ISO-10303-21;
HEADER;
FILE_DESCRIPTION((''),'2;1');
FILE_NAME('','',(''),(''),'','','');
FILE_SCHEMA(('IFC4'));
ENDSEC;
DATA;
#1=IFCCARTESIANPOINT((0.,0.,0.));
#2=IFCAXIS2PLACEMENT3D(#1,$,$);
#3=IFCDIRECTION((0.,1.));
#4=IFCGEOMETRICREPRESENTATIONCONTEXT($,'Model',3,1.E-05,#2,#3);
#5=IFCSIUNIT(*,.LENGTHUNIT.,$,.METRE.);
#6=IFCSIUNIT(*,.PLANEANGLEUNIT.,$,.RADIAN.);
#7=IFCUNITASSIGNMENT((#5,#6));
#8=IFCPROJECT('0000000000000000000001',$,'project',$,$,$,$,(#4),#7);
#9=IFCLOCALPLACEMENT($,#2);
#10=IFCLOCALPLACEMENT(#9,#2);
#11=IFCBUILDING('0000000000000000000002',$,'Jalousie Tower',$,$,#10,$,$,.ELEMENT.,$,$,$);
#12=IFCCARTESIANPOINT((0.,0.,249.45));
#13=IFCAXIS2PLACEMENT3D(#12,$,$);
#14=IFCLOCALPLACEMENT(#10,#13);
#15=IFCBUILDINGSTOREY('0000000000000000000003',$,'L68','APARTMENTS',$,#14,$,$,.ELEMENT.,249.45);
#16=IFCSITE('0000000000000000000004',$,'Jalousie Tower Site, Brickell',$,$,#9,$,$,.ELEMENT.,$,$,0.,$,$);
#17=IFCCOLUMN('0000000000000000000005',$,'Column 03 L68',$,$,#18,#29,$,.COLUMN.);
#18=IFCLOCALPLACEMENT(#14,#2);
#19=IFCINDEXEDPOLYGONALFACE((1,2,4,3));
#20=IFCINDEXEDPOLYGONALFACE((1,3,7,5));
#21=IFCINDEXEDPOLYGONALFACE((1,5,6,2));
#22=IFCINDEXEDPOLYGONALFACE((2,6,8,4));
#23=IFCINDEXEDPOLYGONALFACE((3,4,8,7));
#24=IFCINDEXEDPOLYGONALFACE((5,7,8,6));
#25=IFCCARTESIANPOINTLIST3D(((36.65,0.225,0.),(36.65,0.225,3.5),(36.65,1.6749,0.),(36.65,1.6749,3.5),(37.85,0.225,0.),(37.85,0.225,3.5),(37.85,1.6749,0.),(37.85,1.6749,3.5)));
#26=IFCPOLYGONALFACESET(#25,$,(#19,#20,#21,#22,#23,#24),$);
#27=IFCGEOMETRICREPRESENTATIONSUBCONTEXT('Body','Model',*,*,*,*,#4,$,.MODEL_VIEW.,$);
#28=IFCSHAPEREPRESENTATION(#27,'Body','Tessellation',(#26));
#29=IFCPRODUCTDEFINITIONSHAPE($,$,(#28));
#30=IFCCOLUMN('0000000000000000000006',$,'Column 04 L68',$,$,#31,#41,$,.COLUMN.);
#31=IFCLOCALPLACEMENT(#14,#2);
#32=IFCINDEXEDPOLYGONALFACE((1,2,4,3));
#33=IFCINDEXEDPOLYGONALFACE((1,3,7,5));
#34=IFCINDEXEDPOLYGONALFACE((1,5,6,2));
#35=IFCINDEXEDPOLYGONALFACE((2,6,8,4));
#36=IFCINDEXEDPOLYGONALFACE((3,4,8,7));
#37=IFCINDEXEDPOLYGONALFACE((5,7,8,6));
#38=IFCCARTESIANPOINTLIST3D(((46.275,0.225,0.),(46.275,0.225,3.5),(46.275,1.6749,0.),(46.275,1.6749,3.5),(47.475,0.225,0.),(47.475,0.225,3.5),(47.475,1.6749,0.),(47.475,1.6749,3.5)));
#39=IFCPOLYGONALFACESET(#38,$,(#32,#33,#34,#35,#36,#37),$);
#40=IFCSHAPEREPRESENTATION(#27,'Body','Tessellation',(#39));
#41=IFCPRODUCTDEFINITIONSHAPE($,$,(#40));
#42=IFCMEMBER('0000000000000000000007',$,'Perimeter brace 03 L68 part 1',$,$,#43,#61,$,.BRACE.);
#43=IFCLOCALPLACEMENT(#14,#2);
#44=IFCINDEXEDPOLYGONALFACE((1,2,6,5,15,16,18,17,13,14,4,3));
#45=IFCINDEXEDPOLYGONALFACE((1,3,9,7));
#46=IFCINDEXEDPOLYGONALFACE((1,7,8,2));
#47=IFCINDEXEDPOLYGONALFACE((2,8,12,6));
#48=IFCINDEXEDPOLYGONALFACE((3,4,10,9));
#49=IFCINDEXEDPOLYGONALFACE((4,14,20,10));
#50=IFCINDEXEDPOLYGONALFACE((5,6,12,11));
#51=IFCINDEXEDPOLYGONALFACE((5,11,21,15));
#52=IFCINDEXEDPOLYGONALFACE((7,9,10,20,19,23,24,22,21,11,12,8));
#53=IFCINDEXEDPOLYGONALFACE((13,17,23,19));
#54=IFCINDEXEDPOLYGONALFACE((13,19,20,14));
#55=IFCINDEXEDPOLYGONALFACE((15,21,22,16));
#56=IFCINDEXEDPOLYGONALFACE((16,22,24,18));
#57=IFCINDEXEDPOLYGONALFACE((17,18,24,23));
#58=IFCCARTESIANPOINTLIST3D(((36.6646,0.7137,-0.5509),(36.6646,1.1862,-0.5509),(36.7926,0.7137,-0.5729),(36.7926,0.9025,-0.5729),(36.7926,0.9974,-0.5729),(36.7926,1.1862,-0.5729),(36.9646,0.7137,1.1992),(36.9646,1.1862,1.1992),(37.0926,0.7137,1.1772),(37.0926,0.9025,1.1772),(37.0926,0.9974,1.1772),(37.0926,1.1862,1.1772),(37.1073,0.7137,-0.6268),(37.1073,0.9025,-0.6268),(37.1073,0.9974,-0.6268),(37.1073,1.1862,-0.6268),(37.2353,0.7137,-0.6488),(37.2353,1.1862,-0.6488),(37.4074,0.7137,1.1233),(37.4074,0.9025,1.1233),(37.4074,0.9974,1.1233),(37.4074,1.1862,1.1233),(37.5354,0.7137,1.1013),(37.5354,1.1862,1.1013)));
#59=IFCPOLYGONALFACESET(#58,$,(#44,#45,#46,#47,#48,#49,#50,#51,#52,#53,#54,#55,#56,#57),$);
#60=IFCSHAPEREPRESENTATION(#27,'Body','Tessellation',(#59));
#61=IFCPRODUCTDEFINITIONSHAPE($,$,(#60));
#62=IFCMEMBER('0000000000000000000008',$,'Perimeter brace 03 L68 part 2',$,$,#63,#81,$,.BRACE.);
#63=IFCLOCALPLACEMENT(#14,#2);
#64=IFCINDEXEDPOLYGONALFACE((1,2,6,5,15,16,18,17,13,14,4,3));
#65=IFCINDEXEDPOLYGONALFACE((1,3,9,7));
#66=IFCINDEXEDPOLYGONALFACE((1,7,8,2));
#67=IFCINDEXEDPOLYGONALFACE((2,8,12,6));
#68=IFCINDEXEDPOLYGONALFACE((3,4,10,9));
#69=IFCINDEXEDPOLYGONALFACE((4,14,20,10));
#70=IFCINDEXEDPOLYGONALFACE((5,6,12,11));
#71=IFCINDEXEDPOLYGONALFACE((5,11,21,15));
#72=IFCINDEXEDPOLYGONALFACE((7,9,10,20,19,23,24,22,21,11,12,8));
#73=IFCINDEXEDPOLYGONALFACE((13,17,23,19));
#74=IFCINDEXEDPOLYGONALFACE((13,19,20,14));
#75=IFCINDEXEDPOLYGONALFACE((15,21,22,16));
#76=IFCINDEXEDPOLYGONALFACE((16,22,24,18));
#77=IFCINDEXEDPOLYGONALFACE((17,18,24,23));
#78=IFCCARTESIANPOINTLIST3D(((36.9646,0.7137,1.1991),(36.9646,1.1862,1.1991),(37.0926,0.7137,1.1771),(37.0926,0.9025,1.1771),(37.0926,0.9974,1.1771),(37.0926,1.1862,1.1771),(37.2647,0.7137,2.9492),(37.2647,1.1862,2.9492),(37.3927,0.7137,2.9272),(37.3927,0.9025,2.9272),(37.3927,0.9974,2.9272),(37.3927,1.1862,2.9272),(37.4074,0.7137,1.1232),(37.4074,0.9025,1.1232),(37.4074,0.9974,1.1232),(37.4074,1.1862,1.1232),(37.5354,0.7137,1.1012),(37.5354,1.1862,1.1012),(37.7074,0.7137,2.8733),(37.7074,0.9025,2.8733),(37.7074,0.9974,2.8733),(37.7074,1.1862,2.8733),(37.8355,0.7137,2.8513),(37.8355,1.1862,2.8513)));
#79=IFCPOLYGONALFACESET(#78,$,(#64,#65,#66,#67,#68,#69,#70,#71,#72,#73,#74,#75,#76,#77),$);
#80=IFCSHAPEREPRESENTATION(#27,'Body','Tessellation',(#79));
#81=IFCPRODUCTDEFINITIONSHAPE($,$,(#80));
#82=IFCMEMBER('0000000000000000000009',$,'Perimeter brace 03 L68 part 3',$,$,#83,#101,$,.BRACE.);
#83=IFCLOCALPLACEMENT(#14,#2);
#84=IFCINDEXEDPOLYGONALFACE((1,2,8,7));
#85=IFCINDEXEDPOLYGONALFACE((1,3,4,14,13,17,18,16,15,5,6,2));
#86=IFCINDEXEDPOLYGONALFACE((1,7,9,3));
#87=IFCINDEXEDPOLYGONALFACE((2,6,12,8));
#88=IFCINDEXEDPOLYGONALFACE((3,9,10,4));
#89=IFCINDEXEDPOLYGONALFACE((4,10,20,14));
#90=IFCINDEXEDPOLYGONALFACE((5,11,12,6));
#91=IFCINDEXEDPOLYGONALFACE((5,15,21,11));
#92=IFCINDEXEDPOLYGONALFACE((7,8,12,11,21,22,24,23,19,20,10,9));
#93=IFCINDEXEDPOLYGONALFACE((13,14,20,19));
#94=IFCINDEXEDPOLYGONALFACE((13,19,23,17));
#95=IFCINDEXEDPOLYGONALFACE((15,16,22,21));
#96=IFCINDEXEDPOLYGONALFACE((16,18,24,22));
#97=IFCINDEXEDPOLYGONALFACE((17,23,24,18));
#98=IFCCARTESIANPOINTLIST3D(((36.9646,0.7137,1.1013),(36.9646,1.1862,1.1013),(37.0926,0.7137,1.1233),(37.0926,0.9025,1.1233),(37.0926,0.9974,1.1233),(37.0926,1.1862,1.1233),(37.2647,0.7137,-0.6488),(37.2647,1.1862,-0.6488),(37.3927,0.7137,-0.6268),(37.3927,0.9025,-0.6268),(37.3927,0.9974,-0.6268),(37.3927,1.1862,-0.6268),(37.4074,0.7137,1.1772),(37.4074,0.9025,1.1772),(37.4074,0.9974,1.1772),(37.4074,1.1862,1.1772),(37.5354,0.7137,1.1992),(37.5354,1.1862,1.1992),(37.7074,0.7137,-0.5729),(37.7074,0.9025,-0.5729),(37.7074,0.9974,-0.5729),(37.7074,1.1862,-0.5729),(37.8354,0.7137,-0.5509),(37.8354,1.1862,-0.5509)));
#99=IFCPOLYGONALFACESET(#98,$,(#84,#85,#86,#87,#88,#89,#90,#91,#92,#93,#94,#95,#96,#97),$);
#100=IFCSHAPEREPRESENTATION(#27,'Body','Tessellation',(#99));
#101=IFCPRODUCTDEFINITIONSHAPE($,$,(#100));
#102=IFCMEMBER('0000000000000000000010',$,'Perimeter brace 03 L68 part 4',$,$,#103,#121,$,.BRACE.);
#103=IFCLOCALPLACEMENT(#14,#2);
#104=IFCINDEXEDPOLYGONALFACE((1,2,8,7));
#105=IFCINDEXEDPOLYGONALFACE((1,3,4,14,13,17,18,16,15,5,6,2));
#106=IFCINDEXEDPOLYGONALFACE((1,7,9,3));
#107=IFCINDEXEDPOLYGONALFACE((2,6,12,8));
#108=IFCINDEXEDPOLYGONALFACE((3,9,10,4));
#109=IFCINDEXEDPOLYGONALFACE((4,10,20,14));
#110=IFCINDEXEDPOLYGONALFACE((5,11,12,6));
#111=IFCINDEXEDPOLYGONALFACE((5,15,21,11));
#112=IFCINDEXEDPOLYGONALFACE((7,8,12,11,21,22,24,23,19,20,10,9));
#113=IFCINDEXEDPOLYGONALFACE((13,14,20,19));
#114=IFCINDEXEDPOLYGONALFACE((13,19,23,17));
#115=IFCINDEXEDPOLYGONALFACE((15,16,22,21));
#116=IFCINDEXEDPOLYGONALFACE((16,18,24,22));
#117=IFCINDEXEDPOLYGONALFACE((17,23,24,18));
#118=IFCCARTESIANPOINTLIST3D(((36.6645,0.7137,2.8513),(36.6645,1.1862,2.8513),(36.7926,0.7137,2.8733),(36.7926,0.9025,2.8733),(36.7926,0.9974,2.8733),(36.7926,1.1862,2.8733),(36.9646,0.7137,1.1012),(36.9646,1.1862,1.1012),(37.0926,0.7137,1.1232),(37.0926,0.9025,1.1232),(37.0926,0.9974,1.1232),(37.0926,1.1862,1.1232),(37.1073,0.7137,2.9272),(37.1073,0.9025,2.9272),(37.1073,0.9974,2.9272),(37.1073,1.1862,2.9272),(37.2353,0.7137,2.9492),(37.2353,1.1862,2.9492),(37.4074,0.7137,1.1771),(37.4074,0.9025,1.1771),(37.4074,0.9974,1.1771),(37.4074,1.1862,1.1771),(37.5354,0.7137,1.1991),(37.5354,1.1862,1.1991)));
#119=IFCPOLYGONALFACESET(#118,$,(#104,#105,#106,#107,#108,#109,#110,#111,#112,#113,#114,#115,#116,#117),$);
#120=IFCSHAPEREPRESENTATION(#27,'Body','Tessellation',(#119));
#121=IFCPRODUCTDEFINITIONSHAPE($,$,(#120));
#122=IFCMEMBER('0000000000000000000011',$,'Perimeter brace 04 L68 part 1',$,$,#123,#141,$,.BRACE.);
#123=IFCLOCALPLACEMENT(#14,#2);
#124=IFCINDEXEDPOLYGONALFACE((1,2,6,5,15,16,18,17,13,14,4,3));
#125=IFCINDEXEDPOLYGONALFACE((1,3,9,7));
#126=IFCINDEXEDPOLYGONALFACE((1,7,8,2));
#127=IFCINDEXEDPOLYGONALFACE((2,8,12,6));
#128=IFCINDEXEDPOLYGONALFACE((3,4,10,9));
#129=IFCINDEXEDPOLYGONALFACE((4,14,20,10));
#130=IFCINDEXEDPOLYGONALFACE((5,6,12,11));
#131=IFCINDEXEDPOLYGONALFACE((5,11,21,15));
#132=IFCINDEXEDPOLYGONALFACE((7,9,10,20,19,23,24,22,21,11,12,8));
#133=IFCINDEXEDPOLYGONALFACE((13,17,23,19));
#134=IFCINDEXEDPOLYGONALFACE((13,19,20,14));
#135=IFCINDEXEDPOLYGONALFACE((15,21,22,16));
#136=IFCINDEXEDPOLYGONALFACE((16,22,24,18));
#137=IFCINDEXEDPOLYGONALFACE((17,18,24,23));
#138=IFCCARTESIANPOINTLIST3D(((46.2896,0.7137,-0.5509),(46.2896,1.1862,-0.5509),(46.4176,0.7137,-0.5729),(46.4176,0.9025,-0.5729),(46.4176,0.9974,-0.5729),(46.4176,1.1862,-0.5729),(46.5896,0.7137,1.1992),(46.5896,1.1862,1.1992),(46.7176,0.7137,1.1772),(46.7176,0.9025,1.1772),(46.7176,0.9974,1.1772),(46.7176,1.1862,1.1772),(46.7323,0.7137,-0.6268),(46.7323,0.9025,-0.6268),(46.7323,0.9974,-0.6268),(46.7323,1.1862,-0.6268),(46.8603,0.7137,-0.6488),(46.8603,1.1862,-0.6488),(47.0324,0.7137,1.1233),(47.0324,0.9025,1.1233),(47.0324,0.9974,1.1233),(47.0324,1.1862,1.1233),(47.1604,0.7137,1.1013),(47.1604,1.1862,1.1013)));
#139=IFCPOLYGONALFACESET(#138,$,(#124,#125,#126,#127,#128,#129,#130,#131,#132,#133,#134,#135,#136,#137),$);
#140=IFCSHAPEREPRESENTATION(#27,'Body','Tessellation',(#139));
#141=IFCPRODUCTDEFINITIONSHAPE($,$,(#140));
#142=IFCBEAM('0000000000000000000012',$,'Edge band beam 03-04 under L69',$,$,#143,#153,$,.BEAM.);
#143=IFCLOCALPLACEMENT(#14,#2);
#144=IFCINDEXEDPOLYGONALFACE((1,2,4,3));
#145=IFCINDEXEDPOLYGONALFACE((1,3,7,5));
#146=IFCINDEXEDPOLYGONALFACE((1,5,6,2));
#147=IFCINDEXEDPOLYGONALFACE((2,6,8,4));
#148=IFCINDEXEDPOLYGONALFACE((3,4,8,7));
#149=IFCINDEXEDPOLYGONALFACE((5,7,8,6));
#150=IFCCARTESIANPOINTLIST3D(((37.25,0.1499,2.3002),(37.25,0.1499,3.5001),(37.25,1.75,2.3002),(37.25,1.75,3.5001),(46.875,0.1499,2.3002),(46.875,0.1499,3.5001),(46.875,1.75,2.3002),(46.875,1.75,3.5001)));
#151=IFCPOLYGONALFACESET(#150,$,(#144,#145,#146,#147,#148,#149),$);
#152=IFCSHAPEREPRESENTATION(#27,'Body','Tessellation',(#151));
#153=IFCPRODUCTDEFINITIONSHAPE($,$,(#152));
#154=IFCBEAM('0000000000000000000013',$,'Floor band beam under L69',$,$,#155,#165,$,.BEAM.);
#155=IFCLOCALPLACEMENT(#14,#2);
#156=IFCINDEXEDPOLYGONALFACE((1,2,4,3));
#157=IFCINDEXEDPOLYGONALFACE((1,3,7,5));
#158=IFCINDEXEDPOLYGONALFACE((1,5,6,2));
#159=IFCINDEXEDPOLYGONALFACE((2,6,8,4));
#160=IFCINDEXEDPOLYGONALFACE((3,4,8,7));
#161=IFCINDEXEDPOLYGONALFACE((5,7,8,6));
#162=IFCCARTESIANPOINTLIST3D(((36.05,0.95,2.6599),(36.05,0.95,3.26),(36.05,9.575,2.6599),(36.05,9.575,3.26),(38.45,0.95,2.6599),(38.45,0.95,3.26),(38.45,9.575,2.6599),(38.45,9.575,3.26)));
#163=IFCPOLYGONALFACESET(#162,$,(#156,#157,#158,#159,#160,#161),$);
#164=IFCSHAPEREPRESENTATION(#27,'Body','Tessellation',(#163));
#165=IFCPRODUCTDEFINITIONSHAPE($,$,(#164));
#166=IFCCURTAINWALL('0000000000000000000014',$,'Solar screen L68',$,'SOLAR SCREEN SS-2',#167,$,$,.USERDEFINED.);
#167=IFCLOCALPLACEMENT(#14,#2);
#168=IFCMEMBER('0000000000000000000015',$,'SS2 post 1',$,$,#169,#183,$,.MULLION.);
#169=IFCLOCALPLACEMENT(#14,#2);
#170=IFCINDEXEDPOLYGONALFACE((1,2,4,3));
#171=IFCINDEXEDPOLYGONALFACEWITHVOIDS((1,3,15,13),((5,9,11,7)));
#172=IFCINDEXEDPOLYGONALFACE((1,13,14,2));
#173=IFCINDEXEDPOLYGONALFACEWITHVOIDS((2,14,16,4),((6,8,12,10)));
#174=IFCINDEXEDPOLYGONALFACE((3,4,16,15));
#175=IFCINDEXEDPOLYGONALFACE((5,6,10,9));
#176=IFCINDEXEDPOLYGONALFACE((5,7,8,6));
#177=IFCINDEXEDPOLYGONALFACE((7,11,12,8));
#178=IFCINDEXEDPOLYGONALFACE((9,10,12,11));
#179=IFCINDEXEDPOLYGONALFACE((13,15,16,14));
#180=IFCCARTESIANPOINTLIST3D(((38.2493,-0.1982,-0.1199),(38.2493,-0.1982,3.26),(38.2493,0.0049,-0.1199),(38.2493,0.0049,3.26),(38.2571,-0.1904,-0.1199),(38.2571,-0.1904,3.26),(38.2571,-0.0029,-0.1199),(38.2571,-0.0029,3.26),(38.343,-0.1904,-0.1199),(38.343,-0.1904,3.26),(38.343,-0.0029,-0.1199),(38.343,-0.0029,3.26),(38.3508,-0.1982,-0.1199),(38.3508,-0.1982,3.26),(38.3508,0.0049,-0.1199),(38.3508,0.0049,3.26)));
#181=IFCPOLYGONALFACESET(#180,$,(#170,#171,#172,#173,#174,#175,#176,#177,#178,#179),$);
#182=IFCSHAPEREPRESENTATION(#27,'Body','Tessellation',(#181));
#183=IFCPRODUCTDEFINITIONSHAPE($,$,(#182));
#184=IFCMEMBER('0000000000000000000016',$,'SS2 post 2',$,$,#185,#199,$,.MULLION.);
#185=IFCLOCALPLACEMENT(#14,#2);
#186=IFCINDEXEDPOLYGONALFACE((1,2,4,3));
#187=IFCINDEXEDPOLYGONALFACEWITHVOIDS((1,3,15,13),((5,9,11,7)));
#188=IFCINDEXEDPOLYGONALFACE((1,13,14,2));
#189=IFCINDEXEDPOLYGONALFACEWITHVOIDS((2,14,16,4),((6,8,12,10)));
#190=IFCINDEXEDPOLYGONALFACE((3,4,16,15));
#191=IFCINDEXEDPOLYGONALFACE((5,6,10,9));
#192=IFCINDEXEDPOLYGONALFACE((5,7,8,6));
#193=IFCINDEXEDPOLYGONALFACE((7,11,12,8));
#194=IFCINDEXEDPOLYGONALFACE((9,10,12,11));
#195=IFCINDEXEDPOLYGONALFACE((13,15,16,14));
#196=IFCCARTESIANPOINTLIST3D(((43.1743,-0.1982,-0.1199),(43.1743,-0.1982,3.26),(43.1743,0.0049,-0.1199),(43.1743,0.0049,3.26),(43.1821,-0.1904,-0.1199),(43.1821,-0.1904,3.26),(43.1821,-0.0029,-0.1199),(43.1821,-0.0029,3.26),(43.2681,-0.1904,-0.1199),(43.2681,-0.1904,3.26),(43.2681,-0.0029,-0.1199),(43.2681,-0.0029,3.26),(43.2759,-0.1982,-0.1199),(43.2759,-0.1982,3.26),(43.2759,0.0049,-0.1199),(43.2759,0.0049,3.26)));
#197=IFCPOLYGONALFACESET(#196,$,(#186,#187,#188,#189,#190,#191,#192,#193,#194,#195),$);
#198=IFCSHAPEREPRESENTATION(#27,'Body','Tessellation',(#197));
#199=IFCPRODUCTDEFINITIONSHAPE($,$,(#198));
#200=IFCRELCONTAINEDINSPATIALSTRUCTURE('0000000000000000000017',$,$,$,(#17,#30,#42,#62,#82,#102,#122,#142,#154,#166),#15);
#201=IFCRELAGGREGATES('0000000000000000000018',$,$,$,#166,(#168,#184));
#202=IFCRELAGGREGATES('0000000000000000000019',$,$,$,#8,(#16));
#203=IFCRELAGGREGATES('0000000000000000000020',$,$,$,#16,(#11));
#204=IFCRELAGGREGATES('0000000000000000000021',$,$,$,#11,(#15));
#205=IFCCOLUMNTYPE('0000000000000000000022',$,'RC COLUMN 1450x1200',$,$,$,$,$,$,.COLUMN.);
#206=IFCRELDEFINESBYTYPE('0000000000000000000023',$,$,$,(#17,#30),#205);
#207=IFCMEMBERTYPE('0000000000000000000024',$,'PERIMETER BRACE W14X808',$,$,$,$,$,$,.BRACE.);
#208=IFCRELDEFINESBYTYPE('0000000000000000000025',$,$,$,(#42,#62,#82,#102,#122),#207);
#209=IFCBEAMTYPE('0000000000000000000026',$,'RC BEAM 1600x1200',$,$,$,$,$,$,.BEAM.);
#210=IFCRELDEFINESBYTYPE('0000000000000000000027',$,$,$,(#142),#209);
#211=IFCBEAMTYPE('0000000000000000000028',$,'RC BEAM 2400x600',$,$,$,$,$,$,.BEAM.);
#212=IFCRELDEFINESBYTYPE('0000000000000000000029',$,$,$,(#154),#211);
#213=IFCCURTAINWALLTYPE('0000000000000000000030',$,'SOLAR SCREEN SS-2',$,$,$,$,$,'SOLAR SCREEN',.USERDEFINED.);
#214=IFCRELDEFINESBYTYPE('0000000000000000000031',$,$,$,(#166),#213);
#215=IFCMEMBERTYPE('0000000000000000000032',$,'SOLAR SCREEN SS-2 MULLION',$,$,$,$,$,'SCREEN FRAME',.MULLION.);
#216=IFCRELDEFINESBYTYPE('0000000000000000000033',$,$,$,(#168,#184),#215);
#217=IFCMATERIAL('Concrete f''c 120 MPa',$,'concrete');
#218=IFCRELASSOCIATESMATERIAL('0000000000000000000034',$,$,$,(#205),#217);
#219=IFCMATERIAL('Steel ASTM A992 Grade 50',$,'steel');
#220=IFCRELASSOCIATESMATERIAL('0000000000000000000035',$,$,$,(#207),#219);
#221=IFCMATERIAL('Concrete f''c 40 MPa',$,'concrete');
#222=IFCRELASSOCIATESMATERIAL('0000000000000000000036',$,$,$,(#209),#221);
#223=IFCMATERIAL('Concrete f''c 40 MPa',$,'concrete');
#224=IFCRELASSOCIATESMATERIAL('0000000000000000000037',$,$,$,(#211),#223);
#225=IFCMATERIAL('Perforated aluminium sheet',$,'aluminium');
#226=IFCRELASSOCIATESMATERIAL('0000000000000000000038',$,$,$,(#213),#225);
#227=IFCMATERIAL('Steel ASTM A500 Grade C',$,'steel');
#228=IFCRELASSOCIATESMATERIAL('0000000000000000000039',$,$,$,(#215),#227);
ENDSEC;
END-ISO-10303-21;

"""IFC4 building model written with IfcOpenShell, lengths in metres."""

from ifc_helpers import new_model, si_unit, direction, frame, origin, origin_2d, place, context, subcontext, project, spatial, rectangle, hollow_rectangle, i_section, extrude, material, material_profile, profile_set, type_object, element, aggregate, save


model = new_model("IFC4")

# Units and contexts
model_context = context("Model", 3, precision=1e-05, world=origin(), true_north=direction((0.0, 1.0)))
body_context = subcontext(model_context, "Body", "Model", "MODEL_VIEW")
ifc_project = project(units=[si_unit("LENGTHUNIT", "METRE"), si_unit("PLANEANGLEUNIT", "RADIAN")], contexts=[model_context])

# Site, building, storey
site_placement = place(None, origin())
site = spatial("IfcSite", under=ifc_project, at=site_placement, Name="Jalousie Tower Site, Brickell", CompositionType="ELEMENT", RefElevation=0.0)
building_placement = place(site_placement, origin())
building = spatial("IfcBuilding", under=site, at=building_placement, Name="Jalousie Tower", CompositionType="ELEMENT")
storey_placement = place(building_placement, frame((0.0, 0.0, 249.45)))
storey = spatial("IfcBuildingStorey", under=building, at=storey_placement, Name="L68", Description="APARTMENTS", CompositionType="ELEMENT", Elevation=249.45)

# Columns
ifc_material_1 = material(Name="Concrete f'c 120 MPa", Category="concrete")
ifc_material_profile_1 = material_profile(ifc_material_1, rectangle(XDim=1.45, YDim=1.2, at=origin_2d()), Name="RC 1450x1200")
ifc_profile_set_1 = profile_set([ifc_material_profile_1], Name="Concrete f'c 120 MPa")
column_type = type_object("IfcColumnType", Name="RC COLUMN 1450x1200", PredefinedType="COLUMN", material=ifc_profile_set_1)
for number, where, z_axis, x_axis, name in (
    (1, (37.25, 0.95, 0.0), (0.0, 0.0, 1.0), (0.0, 1.0, 0.0), "Column 03 L68"),
    (2, (46.875, 0.95, 0.0), (0.0, 0.0, 1.0), (0.0, 1.0, 0.0), "Column 04 L68"),
):
    element("IfcColumn", number, at=place(storey_placement, frame(where, z_axis=z_axis, x_axis=x_axis)), inside=storey, type_object=column_type, Name=name, PredefinedType="COLUMN", context=body_context, shape_type="SweptSolid", body=[
        extrude(rectangle(XDim=1.45, YDim=1.2, at=origin_2d()), origin(), (0.0, 0.0, 1.0), 3.5),
    ])

# Members
ifc_material_2 = material(Name="Steel ASTM A992 Grade 50", Category="steel")
ifc_material_profile_2 = material_profile(ifc_material_2, i_section(OverallWidth=0.4724, OverallDepth=0.5791, WebThickness=0.095, FlangeThickness=0.1299, at=origin_2d()), Name="W14X808")
ifc_profile_set_2 = profile_set([ifc_material_profile_2], Name="Steel ASTM A992 Grade 50")
member_type_1 = type_object("IfcMemberType", Name="PERIMETER BRACE W14X808", PredefinedType="BRACE", material=ifc_profile_set_2)
for number, where, z_axis, x_axis, name in (
    (3, (36.95, 0.95, -0.5999), (0.168991, 0.0, 0.985618), (0.0, 1.0, 0.0), "Perimeter brace 03 L68 part 1"),
    (4, (37.25, 0.95, 1.1501), (0.168991, 0.0, 0.985618), (0.0, 1.0, 0.0), "Perimeter brace 03 L68 part 2"),
    (5, (37.55, 0.95, -0.5999), (-0.168991, 0.0, 0.985618), (0.0, -1.0, 0.0), "Perimeter brace 03 L68 part 3"),
    (6, (37.25, 0.95, 1.1501), (-0.168991, 0.0, 0.985618), (0.0, -1.0, 0.0), "Perimeter brace 03 L68 part 4"),
    (7, (46.575, 0.95, -0.5999), (0.168991, 0.0, 0.985618), (0.0, 1.0, 0.0), "Perimeter brace 04 L68 part 1"),
):
    element("IfcMember", number, at=place(storey_placement, frame(where, z_axis=z_axis, x_axis=x_axis)), inside=storey, type_object=member_type_1, Name=name, PredefinedType="BRACE", context=body_context, shape_type="SweptSolid", body=[
        extrude(i_section(OverallWidth=0.4724, OverallDepth=0.5791, WebThickness=0.095, FlangeThickness=0.1299, at=origin_2d()), origin(), (0.0, 0.0, 1.0), 1.7756),
    ])

# Beams
ifc_material_3 = material(Name="Concrete f'c 40 MPa", Category="concrete")
ifc_material_profile_3 = material_profile(ifc_material_3, rectangle(XDim=1.6001, YDim=1.2, at=origin_2d()), Name="RC 1600x1200")
ifc_profile_set_3 = profile_set([ifc_material_profile_3], Name="Concrete f'c 40 MPa")
beam_type_1 = type_object("IfcBeamType", Name="RC BEAM 1600x1200", PredefinedType="BEAM", material=ifc_profile_set_3)
beam_1_placement = place(storey_placement, frame((37.25, 0.95, 2.9001), z_axis=(1.0, 0.0, 0.0), x_axis=(0.0, 1.0, 0.0)))
element("IfcBeam", 8, at=beam_1_placement, inside=storey, type_object=beam_type_1, Name="Edge band beam 03-04 under L69", PredefinedType="BEAM", context=body_context, shape_type="SweptSolid", body=[
    extrude(rectangle(XDim=1.6001, YDim=1.2, at=origin_2d()), origin(), (0.0, 0.0, 1.0), 9.625),
])
ifc_material_4 = material(Name="Concrete f'c 40 MPa", Category="concrete")
ifc_material_profile_4 = material_profile(ifc_material_4, rectangle(XDim=2.3999, YDim=0.6001, at=origin_2d()), Name="RC 2400x600")
ifc_profile_set_4 = profile_set([ifc_material_profile_4], Name="Concrete f'c 40 MPa")
beam_type_2 = type_object("IfcBeamType", Name="RC BEAM 2400x600", PredefinedType="BEAM", material=ifc_profile_set_4)
beam_2_placement = place(storey_placement, frame((37.25, 0.95, 2.96), z_axis=(0.0, 1.0, 0.0), x_axis=(-1.0, 0.0, 0.0)))
element("IfcBeam", 9, at=beam_2_placement, inside=storey, type_object=beam_type_2, Name="Floor band beam under L69", PredefinedType="BEAM", context=body_context, shape_type="SweptSolid", body=[
    extrude(rectangle(XDim=2.3999, YDim=0.6001, at=origin_2d()), origin(), (0.0, 0.0, 1.0), 8.625),
])

# Curtain wall, members
ifc_material_5 = material(Name="Perforated aluminium sheet", Category="aluminium")
curtain_wall_type = type_object("IfcCurtainWallType", Name="SOLAR SCREEN SS-2", ElementType="SOLAR SCREEN", PredefinedType="USERDEFINED", material=ifc_material_5)
curtain_wall_1_placement = place(storey_placement, origin())
curtain_wall_1 = element("IfcCurtainWall", 10, at=curtain_wall_1_placement, inside=storey, type_object=curtain_wall_type, Name="Solar screen L68", ObjectType="SOLAR SCREEN SS-2", PredefinedType="USERDEFINED")
ifc_material_6 = material(Name="Steel ASTM A500 Grade C", Category="steel")
ifc_material_profile_5 = material_profile(ifc_material_6, hollow_rectangle(XDim=0.1016, YDim=0.2031, WallThickness=0.0078, at=origin_2d()), Name="HSS8X4X5/16")
ifc_profile_set_5 = profile_set([ifc_material_profile_5], Name="Steel ASTM A500 Grade C")
member_type_2 = type_object("IfcMemberType", Name="SOLAR SCREEN SS-2 MULLION", ElementType="SCREEN FRAME", PredefinedType="MULLION", material=ifc_profile_set_5)
member_1_placement = place(storey_placement, frame((38.3, -0.0967, -0.1199), z_axis=(0.0, 0.0, 1.0), x_axis=(1.0, 0.0, 0.0)))
member_1 = element("IfcMember", 11, at=member_1_placement, type_object=member_type_2, Name="SS2 post 1", PredefinedType="MULLION", context=body_context, shape_type="SweptSolid", body=[
    extrude(hollow_rectangle(XDim=0.1016, YDim=0.2031, WallThickness=0.0078, at=origin_2d()), origin(), (0.0, 0.0, 1.0), 3.3799),
])
member_2_placement = place(storey_placement, frame((43.2251, -0.0967, -0.1199), z_axis=(0.0, 0.0, 1.0), x_axis=(1.0, 0.0, 0.0)))
member_2 = element("IfcMember", 12, at=member_2_placement, type_object=member_type_2, Name="SS2 post 2", PredefinedType="MULLION", context=body_context, shape_type="SweptSolid", body=[
    extrude(hollow_rectangle(XDim=0.1016, YDim=0.2031, WallThickness=0.0078, at=origin_2d()), origin(), (0.0, 0.0, 1.0), 3.3799),
])

aggregate(curtain_wall_1, [member_1, member_2])

save(model, "model.ifc")
